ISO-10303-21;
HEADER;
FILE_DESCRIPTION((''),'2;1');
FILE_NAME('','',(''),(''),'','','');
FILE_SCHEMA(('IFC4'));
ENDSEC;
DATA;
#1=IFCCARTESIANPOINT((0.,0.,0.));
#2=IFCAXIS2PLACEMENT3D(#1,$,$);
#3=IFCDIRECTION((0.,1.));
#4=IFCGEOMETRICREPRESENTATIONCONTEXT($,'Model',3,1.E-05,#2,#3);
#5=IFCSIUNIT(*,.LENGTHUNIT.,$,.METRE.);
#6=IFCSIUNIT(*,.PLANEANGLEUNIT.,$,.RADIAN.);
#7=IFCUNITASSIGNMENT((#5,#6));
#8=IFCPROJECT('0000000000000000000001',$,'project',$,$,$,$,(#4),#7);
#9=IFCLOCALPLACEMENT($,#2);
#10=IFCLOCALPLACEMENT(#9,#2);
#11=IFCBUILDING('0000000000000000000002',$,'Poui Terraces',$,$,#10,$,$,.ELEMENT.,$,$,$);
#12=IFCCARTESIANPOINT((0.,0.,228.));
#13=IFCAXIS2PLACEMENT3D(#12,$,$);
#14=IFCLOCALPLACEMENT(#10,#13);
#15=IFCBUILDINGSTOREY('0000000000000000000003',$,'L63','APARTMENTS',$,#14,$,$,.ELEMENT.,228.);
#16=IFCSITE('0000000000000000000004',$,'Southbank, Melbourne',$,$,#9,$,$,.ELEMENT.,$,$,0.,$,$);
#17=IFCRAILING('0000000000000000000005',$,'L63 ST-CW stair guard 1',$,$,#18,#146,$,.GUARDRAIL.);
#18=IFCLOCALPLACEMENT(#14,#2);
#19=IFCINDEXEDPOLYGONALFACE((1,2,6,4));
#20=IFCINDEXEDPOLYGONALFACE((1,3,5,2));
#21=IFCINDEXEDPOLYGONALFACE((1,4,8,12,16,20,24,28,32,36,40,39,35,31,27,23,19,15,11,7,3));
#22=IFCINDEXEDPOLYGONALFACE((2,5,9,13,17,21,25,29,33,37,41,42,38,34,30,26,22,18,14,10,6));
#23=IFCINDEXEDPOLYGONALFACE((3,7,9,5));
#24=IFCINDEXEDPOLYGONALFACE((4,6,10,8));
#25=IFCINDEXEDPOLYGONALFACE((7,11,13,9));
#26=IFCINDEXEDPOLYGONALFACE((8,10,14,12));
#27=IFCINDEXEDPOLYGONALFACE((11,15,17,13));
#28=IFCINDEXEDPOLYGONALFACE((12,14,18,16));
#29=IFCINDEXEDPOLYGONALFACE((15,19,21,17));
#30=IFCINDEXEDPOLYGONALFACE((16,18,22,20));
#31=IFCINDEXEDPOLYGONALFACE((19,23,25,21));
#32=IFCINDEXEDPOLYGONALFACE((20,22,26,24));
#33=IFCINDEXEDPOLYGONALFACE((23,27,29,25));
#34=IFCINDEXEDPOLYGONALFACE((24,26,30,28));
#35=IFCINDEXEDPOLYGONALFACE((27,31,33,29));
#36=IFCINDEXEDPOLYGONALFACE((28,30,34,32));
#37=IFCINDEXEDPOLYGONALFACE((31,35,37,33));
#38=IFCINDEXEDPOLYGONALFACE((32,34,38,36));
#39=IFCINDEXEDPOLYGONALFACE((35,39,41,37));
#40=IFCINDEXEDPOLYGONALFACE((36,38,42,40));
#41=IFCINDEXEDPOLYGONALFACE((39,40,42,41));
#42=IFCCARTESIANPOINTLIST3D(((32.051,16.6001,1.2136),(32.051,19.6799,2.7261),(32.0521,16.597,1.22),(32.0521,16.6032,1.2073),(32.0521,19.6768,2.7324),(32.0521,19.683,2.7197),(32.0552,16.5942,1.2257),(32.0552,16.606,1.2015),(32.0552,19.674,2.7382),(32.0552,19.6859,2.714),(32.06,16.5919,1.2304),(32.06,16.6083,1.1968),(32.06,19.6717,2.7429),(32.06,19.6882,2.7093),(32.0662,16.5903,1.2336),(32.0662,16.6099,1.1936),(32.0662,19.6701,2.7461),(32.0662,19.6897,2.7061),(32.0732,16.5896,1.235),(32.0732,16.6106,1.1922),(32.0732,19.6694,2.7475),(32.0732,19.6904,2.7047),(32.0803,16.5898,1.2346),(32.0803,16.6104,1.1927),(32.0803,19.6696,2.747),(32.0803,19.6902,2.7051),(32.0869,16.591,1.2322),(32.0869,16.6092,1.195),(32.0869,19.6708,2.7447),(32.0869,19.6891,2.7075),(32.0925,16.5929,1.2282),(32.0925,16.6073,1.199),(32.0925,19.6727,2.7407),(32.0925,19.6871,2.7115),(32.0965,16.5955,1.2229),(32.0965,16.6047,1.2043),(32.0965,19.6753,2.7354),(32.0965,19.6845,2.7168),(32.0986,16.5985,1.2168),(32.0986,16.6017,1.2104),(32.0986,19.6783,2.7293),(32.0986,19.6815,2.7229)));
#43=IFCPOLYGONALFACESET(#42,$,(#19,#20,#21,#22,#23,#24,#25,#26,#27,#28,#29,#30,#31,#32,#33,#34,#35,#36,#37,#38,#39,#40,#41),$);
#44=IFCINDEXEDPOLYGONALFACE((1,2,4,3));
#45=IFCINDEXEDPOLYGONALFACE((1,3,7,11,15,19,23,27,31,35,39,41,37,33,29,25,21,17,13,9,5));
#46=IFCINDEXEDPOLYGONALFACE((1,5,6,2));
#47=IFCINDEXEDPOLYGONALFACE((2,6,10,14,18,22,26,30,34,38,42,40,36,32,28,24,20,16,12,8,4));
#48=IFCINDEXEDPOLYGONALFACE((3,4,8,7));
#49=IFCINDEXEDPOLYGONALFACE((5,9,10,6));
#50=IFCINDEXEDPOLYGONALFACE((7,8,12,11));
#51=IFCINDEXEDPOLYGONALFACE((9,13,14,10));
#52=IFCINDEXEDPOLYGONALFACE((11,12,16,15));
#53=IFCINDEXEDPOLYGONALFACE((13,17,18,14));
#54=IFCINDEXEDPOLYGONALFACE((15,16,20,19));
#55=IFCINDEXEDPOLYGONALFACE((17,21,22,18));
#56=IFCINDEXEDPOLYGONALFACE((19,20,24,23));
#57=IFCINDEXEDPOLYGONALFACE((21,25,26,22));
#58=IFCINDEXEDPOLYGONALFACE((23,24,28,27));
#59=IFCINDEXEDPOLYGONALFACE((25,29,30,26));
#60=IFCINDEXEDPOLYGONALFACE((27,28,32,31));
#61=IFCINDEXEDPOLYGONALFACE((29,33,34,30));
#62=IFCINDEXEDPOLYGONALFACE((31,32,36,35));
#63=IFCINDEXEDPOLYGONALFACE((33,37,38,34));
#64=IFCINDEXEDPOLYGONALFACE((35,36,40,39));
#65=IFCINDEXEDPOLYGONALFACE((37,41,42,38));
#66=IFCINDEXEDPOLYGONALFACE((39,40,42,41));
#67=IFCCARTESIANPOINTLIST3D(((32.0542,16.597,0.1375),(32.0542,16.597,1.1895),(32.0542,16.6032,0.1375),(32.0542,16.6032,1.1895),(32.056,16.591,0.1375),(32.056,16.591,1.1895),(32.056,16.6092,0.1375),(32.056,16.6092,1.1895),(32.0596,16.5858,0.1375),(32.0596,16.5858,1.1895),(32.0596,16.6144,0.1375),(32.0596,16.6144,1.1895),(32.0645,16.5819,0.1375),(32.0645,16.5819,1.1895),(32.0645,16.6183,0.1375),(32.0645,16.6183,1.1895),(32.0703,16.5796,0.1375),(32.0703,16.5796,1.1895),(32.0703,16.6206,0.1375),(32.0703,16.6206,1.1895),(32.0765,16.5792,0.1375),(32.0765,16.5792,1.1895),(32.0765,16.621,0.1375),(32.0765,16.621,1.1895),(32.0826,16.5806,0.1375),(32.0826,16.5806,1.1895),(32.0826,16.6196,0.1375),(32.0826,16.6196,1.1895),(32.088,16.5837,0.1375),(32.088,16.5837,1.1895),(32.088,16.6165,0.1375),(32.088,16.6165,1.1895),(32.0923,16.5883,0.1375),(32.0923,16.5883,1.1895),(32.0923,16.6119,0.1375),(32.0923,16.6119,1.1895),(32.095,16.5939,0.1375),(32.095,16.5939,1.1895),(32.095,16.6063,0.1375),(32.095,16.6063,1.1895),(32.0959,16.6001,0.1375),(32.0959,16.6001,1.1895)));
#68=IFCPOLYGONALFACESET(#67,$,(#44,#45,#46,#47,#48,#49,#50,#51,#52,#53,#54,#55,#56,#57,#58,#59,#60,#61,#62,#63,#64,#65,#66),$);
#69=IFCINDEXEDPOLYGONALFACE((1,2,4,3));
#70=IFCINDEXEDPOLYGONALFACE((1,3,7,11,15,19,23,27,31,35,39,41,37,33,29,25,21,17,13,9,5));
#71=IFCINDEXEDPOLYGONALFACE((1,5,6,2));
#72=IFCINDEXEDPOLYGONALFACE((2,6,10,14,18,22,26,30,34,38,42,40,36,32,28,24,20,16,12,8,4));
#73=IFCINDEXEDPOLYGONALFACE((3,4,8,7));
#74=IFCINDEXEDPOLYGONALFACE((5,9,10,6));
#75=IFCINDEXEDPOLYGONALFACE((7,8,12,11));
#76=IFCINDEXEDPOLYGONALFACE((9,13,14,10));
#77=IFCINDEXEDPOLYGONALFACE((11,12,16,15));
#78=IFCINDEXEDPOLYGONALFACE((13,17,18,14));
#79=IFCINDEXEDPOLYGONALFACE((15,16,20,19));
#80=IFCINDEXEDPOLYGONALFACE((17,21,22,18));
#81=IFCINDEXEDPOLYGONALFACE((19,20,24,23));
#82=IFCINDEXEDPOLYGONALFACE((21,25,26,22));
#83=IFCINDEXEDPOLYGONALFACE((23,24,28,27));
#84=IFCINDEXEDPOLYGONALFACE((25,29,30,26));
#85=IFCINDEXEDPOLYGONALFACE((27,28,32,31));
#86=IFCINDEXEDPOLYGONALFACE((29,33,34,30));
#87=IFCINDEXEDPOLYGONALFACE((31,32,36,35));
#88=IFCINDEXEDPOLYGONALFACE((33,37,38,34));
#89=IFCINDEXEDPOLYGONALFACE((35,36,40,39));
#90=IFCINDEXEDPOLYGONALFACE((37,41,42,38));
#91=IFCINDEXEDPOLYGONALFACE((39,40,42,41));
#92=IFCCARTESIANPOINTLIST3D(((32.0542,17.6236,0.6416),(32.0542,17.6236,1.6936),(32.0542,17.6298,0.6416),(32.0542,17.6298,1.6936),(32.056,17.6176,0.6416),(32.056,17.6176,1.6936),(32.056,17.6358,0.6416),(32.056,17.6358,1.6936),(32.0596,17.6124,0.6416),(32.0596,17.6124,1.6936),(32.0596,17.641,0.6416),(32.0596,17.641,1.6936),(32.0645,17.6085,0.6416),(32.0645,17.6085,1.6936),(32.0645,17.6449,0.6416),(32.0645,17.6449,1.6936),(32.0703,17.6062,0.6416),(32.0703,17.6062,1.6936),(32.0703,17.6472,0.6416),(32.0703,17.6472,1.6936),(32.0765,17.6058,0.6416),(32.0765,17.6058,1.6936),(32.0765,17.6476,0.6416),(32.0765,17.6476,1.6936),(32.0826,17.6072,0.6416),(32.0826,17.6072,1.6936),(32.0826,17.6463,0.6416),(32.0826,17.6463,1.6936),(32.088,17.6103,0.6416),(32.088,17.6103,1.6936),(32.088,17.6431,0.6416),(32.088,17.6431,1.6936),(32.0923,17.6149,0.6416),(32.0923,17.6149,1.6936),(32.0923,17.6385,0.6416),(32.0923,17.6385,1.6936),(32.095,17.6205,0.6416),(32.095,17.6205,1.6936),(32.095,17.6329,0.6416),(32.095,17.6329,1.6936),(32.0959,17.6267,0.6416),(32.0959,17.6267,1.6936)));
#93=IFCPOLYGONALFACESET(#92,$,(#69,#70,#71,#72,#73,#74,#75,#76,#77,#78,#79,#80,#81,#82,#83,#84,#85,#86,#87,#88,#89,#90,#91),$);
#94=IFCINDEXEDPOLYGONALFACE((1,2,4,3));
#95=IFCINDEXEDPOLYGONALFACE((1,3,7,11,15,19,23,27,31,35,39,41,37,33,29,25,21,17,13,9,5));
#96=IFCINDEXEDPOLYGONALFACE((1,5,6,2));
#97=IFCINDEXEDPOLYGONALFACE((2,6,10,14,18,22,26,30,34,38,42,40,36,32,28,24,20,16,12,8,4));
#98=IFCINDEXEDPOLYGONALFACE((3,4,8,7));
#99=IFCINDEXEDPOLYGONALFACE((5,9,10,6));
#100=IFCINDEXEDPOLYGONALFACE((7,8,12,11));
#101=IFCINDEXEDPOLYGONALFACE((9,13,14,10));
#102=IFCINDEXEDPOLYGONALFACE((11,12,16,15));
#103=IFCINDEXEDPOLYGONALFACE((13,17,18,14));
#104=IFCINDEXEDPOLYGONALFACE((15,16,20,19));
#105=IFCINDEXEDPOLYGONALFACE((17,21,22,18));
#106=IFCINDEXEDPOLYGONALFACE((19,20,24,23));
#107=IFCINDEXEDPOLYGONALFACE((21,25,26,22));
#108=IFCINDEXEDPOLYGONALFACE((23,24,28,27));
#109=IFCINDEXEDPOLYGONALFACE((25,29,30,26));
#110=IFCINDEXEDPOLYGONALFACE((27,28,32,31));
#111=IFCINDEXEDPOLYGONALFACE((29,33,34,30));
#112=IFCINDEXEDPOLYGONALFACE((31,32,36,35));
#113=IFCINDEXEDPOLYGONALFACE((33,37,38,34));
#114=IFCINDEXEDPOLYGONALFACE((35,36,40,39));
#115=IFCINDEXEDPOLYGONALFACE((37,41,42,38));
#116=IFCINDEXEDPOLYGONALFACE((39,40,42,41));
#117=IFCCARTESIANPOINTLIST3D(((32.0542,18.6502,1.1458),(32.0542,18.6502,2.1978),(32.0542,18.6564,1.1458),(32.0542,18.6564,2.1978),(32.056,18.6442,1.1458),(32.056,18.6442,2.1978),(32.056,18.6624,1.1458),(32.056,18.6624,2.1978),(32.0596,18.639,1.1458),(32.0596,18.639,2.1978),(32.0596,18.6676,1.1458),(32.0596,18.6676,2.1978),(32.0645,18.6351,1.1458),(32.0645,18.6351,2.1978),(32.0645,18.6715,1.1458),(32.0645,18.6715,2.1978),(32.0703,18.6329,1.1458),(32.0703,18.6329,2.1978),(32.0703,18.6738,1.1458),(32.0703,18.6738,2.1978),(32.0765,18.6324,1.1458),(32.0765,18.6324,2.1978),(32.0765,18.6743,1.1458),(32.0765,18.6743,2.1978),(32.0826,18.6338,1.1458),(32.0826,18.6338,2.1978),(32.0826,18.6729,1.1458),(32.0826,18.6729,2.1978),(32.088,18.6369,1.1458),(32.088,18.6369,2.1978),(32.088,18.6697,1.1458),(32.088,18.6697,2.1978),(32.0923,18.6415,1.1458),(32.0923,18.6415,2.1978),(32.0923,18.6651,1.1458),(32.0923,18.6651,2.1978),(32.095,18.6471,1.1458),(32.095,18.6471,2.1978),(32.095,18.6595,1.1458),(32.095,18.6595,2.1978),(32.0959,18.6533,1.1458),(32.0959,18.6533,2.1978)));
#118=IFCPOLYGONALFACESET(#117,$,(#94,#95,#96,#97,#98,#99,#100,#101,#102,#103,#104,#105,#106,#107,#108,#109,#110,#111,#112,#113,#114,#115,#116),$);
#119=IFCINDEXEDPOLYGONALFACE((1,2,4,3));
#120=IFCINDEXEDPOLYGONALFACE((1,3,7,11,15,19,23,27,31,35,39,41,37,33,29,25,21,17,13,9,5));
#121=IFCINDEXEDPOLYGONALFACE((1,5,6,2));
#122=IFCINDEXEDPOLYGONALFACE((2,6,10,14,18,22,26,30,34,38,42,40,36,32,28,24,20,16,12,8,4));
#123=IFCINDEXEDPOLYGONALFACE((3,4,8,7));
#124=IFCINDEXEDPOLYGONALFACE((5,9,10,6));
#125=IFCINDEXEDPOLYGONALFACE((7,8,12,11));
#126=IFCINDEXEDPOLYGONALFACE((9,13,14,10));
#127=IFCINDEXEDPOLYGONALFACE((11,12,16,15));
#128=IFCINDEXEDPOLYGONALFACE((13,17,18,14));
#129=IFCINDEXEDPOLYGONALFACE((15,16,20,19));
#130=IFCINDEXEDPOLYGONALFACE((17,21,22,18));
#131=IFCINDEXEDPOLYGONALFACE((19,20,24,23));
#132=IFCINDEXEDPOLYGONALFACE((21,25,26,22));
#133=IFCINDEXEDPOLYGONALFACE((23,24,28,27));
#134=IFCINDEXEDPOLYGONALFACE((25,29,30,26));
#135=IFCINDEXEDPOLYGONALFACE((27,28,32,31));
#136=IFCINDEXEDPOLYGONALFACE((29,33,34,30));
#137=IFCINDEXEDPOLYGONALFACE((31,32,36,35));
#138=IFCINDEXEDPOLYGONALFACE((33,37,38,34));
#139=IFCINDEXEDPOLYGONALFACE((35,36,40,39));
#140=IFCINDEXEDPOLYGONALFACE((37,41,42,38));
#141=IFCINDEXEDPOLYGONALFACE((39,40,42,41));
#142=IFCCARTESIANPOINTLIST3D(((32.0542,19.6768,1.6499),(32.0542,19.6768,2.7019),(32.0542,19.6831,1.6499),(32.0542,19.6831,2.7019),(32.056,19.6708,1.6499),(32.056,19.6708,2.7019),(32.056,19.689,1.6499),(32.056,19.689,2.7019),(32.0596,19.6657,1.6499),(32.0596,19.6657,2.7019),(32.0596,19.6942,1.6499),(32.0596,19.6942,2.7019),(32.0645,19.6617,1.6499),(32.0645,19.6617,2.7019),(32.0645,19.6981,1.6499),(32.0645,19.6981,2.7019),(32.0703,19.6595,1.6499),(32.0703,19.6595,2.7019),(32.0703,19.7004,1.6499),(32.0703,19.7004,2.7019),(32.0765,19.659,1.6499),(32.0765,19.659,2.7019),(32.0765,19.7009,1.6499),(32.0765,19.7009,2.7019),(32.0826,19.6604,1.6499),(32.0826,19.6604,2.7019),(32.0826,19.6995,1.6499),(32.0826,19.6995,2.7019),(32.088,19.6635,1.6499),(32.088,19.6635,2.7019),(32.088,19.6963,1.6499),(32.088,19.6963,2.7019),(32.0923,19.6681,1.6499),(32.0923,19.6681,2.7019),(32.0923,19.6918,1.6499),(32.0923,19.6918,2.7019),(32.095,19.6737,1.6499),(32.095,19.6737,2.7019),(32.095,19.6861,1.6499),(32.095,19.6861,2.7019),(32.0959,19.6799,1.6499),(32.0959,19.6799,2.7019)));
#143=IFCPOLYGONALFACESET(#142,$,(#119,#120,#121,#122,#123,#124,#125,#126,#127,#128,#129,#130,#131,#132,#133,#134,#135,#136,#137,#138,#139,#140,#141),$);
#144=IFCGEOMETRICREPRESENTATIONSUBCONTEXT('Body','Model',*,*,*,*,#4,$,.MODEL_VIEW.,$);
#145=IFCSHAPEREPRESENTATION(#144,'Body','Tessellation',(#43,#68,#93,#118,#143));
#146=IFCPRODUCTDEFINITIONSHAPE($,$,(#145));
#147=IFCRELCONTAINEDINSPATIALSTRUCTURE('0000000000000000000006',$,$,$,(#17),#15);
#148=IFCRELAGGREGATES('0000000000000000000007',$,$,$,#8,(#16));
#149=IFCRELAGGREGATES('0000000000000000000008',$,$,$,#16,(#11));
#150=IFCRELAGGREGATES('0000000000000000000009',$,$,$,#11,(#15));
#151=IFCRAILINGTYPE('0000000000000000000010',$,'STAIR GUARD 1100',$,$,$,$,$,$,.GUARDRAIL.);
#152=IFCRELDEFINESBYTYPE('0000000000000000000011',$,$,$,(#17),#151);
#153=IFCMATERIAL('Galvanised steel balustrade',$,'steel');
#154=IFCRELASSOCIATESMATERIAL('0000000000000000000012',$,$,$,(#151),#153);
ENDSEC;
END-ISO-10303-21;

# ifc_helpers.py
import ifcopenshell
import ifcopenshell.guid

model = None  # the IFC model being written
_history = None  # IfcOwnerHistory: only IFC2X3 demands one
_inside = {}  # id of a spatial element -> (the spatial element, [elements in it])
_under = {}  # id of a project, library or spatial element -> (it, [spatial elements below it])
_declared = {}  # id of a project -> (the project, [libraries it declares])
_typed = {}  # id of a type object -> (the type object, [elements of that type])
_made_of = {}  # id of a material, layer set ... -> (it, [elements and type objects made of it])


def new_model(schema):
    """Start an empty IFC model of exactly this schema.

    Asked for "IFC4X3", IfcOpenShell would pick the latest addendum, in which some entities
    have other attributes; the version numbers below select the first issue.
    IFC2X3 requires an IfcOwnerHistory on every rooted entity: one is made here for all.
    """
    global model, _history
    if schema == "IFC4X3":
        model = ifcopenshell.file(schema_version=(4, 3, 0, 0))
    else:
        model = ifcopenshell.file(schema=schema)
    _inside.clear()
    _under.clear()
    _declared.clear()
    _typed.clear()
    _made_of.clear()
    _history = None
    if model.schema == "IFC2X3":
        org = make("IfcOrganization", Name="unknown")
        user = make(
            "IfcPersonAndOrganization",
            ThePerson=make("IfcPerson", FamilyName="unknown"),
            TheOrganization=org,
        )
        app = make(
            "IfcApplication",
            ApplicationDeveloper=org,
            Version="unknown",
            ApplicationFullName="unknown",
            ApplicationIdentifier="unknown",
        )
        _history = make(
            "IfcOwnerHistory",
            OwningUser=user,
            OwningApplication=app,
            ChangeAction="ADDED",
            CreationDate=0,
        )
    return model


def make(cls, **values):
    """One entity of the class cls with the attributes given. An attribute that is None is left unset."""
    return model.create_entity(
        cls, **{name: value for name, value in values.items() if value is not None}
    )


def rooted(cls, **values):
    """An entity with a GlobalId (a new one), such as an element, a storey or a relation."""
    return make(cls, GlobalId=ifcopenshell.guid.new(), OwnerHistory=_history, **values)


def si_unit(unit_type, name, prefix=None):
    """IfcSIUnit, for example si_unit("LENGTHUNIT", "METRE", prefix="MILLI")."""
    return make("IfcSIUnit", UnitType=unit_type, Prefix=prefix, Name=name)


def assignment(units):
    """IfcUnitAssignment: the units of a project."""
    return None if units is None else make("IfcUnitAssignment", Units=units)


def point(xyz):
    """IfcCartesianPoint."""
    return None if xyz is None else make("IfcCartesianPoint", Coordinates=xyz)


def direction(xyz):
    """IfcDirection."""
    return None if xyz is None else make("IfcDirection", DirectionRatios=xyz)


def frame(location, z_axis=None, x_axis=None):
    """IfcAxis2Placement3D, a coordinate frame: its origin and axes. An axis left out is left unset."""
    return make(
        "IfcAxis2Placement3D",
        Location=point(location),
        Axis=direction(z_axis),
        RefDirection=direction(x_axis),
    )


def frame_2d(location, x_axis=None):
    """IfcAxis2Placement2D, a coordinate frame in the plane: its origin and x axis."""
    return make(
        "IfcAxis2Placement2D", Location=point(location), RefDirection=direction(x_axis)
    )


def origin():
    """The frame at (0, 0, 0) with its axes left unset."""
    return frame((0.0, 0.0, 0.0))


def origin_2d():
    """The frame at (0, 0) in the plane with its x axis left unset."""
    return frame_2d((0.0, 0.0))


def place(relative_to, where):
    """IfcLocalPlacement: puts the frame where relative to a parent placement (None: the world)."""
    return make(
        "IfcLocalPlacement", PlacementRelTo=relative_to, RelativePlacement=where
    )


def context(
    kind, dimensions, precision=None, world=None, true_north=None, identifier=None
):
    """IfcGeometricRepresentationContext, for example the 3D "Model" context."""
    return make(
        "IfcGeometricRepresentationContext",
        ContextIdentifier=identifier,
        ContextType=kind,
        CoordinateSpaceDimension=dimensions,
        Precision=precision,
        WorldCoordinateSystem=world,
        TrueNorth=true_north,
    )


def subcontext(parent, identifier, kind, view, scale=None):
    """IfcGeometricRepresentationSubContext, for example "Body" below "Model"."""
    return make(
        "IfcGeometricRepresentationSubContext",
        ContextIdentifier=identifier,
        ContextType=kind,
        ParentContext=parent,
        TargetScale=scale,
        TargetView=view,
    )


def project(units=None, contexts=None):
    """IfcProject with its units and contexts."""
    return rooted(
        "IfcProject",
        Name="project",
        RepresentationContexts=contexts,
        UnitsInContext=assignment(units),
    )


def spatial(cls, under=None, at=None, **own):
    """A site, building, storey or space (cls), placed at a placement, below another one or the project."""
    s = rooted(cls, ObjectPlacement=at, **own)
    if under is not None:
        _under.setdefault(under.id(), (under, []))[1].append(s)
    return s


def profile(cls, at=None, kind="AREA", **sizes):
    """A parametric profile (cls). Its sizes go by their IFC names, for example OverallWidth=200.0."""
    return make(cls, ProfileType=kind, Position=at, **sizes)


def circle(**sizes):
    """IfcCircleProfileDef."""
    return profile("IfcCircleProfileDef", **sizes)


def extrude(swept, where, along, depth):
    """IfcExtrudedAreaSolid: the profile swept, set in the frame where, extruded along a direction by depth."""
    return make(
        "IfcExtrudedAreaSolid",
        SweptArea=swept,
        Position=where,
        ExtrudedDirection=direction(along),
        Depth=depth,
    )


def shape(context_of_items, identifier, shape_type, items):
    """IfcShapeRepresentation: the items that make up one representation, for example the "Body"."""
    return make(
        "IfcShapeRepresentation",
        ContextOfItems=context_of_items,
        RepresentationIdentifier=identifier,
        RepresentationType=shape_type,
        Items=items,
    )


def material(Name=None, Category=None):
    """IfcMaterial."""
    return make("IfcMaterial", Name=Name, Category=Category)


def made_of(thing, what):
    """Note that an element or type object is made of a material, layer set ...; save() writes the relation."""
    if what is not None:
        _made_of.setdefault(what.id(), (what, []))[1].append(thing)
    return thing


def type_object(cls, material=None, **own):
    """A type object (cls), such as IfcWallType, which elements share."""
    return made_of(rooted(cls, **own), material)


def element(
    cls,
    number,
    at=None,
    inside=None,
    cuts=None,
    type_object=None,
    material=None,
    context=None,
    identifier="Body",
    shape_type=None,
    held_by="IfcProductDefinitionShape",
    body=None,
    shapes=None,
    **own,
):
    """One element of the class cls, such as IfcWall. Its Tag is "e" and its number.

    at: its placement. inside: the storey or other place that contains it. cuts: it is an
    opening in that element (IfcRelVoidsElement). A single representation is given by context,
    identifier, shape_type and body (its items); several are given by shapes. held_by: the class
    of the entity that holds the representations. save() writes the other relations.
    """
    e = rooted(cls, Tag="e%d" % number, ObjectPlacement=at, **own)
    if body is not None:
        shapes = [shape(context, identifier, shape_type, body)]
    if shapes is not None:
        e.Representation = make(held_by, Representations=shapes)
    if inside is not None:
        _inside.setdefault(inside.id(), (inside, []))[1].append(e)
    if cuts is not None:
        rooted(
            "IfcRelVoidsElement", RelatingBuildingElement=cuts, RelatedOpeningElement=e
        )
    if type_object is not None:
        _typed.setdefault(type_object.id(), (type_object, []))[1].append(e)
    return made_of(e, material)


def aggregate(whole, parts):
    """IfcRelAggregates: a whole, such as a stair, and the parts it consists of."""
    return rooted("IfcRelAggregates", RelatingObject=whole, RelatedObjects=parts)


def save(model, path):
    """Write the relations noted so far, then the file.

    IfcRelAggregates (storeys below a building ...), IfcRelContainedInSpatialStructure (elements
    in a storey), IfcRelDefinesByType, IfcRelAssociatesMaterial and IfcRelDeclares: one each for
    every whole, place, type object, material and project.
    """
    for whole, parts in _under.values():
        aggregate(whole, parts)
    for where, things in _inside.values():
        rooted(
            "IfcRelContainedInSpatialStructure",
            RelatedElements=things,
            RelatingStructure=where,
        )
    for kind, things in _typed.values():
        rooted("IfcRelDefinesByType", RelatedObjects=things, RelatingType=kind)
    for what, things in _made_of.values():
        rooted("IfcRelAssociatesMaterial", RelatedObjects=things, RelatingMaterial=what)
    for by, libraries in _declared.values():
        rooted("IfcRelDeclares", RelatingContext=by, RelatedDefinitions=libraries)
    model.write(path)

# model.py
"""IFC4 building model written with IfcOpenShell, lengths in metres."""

from ifc_helpers import new_model, si_unit, direction, frame, origin, origin_2d, place, context, subcontext, project, spatial, circle, extrude, material, type_object, element, save


model = new_model("IFC4")

# Units and contexts
model_context = context("Model", 3, precision=1e-05, world=origin(), true_north=direction((0.0, 1.0)))
body_context = subcontext(model_context, "Body", "Model", "MODEL_VIEW")
ifc_project = project(units=[si_unit("LENGTHUNIT", "METRE"), si_unit("PLANEANGLEUNIT", "RADIAN")], contexts=[model_context])

# Site, building, storey
site_placement = place(None, origin())
site = spatial("IfcSite", under=ifc_project, at=site_placement, Name="Southbank, Melbourne", CompositionType="ELEMENT", RefElevation=0.0)
building_placement = place(site_placement, origin())
building = spatial("IfcBuilding", under=site, at=building_placement, Name="Poui Terraces", CompositionType="ELEMENT")
storey_placement = place(building_placement, frame((0.0, 0.0, 228.0)))
storey = spatial("IfcBuildingStorey", under=building, at=storey_placement, Name="L63", Description="APARTMENTS", CompositionType="ELEMENT", Elevation=228.0)

# Railing
ifc_material_1 = material(Name="Galvanised steel balustrade", Category="steel")
railing_type_1 = type_object("IfcRailingType", Name="STAIR GUARD 1100", PredefinedType="GUARDRAIL", material=ifc_material_1)
railing_1_placement = place(storey_placement, frame((32.075, 16.6001, 0.1375)))
element("IfcRailing", 1, at=railing_1_placement, inside=storey, type_object=railing_type_1, Name="L63 ST-CW stair guard 1", PredefinedType="GUARDRAIL", context=body_context, shape_type="SweptSolid", body=[
    extrude(circle(Radius=0.0239, at=origin_2d()), frame((0.0, 0.0, 1.0762), z_axis=(0.0, 0.897606, 0.440798), x_axis=(-1.0, 0.0, 0.0)), (0.0, 0.0, 1.0), 3.4312),
    extrude(circle(Radius=0.021, at=origin_2d()), origin(), (0.0, 0.0, 1.0), 1.052),
    extrude(circle(Radius=0.021, at=origin_2d()), frame((0.0, 1.0266, 0.5042)), (0.0, 0.0, 1.0), 1.052),
    extrude(circle(Radius=0.021, at=origin_2d()), frame((0.0, 2.0532, 1.0083)), (0.0, 0.0, 1.0), 1.052),
    extrude(circle(Radius=0.021, at=origin_2d()), frame((0.0, 3.0798, 1.5125)), (0.0, 0.0, 1.0), 1.052),
])

save(model, "model.ifc")
